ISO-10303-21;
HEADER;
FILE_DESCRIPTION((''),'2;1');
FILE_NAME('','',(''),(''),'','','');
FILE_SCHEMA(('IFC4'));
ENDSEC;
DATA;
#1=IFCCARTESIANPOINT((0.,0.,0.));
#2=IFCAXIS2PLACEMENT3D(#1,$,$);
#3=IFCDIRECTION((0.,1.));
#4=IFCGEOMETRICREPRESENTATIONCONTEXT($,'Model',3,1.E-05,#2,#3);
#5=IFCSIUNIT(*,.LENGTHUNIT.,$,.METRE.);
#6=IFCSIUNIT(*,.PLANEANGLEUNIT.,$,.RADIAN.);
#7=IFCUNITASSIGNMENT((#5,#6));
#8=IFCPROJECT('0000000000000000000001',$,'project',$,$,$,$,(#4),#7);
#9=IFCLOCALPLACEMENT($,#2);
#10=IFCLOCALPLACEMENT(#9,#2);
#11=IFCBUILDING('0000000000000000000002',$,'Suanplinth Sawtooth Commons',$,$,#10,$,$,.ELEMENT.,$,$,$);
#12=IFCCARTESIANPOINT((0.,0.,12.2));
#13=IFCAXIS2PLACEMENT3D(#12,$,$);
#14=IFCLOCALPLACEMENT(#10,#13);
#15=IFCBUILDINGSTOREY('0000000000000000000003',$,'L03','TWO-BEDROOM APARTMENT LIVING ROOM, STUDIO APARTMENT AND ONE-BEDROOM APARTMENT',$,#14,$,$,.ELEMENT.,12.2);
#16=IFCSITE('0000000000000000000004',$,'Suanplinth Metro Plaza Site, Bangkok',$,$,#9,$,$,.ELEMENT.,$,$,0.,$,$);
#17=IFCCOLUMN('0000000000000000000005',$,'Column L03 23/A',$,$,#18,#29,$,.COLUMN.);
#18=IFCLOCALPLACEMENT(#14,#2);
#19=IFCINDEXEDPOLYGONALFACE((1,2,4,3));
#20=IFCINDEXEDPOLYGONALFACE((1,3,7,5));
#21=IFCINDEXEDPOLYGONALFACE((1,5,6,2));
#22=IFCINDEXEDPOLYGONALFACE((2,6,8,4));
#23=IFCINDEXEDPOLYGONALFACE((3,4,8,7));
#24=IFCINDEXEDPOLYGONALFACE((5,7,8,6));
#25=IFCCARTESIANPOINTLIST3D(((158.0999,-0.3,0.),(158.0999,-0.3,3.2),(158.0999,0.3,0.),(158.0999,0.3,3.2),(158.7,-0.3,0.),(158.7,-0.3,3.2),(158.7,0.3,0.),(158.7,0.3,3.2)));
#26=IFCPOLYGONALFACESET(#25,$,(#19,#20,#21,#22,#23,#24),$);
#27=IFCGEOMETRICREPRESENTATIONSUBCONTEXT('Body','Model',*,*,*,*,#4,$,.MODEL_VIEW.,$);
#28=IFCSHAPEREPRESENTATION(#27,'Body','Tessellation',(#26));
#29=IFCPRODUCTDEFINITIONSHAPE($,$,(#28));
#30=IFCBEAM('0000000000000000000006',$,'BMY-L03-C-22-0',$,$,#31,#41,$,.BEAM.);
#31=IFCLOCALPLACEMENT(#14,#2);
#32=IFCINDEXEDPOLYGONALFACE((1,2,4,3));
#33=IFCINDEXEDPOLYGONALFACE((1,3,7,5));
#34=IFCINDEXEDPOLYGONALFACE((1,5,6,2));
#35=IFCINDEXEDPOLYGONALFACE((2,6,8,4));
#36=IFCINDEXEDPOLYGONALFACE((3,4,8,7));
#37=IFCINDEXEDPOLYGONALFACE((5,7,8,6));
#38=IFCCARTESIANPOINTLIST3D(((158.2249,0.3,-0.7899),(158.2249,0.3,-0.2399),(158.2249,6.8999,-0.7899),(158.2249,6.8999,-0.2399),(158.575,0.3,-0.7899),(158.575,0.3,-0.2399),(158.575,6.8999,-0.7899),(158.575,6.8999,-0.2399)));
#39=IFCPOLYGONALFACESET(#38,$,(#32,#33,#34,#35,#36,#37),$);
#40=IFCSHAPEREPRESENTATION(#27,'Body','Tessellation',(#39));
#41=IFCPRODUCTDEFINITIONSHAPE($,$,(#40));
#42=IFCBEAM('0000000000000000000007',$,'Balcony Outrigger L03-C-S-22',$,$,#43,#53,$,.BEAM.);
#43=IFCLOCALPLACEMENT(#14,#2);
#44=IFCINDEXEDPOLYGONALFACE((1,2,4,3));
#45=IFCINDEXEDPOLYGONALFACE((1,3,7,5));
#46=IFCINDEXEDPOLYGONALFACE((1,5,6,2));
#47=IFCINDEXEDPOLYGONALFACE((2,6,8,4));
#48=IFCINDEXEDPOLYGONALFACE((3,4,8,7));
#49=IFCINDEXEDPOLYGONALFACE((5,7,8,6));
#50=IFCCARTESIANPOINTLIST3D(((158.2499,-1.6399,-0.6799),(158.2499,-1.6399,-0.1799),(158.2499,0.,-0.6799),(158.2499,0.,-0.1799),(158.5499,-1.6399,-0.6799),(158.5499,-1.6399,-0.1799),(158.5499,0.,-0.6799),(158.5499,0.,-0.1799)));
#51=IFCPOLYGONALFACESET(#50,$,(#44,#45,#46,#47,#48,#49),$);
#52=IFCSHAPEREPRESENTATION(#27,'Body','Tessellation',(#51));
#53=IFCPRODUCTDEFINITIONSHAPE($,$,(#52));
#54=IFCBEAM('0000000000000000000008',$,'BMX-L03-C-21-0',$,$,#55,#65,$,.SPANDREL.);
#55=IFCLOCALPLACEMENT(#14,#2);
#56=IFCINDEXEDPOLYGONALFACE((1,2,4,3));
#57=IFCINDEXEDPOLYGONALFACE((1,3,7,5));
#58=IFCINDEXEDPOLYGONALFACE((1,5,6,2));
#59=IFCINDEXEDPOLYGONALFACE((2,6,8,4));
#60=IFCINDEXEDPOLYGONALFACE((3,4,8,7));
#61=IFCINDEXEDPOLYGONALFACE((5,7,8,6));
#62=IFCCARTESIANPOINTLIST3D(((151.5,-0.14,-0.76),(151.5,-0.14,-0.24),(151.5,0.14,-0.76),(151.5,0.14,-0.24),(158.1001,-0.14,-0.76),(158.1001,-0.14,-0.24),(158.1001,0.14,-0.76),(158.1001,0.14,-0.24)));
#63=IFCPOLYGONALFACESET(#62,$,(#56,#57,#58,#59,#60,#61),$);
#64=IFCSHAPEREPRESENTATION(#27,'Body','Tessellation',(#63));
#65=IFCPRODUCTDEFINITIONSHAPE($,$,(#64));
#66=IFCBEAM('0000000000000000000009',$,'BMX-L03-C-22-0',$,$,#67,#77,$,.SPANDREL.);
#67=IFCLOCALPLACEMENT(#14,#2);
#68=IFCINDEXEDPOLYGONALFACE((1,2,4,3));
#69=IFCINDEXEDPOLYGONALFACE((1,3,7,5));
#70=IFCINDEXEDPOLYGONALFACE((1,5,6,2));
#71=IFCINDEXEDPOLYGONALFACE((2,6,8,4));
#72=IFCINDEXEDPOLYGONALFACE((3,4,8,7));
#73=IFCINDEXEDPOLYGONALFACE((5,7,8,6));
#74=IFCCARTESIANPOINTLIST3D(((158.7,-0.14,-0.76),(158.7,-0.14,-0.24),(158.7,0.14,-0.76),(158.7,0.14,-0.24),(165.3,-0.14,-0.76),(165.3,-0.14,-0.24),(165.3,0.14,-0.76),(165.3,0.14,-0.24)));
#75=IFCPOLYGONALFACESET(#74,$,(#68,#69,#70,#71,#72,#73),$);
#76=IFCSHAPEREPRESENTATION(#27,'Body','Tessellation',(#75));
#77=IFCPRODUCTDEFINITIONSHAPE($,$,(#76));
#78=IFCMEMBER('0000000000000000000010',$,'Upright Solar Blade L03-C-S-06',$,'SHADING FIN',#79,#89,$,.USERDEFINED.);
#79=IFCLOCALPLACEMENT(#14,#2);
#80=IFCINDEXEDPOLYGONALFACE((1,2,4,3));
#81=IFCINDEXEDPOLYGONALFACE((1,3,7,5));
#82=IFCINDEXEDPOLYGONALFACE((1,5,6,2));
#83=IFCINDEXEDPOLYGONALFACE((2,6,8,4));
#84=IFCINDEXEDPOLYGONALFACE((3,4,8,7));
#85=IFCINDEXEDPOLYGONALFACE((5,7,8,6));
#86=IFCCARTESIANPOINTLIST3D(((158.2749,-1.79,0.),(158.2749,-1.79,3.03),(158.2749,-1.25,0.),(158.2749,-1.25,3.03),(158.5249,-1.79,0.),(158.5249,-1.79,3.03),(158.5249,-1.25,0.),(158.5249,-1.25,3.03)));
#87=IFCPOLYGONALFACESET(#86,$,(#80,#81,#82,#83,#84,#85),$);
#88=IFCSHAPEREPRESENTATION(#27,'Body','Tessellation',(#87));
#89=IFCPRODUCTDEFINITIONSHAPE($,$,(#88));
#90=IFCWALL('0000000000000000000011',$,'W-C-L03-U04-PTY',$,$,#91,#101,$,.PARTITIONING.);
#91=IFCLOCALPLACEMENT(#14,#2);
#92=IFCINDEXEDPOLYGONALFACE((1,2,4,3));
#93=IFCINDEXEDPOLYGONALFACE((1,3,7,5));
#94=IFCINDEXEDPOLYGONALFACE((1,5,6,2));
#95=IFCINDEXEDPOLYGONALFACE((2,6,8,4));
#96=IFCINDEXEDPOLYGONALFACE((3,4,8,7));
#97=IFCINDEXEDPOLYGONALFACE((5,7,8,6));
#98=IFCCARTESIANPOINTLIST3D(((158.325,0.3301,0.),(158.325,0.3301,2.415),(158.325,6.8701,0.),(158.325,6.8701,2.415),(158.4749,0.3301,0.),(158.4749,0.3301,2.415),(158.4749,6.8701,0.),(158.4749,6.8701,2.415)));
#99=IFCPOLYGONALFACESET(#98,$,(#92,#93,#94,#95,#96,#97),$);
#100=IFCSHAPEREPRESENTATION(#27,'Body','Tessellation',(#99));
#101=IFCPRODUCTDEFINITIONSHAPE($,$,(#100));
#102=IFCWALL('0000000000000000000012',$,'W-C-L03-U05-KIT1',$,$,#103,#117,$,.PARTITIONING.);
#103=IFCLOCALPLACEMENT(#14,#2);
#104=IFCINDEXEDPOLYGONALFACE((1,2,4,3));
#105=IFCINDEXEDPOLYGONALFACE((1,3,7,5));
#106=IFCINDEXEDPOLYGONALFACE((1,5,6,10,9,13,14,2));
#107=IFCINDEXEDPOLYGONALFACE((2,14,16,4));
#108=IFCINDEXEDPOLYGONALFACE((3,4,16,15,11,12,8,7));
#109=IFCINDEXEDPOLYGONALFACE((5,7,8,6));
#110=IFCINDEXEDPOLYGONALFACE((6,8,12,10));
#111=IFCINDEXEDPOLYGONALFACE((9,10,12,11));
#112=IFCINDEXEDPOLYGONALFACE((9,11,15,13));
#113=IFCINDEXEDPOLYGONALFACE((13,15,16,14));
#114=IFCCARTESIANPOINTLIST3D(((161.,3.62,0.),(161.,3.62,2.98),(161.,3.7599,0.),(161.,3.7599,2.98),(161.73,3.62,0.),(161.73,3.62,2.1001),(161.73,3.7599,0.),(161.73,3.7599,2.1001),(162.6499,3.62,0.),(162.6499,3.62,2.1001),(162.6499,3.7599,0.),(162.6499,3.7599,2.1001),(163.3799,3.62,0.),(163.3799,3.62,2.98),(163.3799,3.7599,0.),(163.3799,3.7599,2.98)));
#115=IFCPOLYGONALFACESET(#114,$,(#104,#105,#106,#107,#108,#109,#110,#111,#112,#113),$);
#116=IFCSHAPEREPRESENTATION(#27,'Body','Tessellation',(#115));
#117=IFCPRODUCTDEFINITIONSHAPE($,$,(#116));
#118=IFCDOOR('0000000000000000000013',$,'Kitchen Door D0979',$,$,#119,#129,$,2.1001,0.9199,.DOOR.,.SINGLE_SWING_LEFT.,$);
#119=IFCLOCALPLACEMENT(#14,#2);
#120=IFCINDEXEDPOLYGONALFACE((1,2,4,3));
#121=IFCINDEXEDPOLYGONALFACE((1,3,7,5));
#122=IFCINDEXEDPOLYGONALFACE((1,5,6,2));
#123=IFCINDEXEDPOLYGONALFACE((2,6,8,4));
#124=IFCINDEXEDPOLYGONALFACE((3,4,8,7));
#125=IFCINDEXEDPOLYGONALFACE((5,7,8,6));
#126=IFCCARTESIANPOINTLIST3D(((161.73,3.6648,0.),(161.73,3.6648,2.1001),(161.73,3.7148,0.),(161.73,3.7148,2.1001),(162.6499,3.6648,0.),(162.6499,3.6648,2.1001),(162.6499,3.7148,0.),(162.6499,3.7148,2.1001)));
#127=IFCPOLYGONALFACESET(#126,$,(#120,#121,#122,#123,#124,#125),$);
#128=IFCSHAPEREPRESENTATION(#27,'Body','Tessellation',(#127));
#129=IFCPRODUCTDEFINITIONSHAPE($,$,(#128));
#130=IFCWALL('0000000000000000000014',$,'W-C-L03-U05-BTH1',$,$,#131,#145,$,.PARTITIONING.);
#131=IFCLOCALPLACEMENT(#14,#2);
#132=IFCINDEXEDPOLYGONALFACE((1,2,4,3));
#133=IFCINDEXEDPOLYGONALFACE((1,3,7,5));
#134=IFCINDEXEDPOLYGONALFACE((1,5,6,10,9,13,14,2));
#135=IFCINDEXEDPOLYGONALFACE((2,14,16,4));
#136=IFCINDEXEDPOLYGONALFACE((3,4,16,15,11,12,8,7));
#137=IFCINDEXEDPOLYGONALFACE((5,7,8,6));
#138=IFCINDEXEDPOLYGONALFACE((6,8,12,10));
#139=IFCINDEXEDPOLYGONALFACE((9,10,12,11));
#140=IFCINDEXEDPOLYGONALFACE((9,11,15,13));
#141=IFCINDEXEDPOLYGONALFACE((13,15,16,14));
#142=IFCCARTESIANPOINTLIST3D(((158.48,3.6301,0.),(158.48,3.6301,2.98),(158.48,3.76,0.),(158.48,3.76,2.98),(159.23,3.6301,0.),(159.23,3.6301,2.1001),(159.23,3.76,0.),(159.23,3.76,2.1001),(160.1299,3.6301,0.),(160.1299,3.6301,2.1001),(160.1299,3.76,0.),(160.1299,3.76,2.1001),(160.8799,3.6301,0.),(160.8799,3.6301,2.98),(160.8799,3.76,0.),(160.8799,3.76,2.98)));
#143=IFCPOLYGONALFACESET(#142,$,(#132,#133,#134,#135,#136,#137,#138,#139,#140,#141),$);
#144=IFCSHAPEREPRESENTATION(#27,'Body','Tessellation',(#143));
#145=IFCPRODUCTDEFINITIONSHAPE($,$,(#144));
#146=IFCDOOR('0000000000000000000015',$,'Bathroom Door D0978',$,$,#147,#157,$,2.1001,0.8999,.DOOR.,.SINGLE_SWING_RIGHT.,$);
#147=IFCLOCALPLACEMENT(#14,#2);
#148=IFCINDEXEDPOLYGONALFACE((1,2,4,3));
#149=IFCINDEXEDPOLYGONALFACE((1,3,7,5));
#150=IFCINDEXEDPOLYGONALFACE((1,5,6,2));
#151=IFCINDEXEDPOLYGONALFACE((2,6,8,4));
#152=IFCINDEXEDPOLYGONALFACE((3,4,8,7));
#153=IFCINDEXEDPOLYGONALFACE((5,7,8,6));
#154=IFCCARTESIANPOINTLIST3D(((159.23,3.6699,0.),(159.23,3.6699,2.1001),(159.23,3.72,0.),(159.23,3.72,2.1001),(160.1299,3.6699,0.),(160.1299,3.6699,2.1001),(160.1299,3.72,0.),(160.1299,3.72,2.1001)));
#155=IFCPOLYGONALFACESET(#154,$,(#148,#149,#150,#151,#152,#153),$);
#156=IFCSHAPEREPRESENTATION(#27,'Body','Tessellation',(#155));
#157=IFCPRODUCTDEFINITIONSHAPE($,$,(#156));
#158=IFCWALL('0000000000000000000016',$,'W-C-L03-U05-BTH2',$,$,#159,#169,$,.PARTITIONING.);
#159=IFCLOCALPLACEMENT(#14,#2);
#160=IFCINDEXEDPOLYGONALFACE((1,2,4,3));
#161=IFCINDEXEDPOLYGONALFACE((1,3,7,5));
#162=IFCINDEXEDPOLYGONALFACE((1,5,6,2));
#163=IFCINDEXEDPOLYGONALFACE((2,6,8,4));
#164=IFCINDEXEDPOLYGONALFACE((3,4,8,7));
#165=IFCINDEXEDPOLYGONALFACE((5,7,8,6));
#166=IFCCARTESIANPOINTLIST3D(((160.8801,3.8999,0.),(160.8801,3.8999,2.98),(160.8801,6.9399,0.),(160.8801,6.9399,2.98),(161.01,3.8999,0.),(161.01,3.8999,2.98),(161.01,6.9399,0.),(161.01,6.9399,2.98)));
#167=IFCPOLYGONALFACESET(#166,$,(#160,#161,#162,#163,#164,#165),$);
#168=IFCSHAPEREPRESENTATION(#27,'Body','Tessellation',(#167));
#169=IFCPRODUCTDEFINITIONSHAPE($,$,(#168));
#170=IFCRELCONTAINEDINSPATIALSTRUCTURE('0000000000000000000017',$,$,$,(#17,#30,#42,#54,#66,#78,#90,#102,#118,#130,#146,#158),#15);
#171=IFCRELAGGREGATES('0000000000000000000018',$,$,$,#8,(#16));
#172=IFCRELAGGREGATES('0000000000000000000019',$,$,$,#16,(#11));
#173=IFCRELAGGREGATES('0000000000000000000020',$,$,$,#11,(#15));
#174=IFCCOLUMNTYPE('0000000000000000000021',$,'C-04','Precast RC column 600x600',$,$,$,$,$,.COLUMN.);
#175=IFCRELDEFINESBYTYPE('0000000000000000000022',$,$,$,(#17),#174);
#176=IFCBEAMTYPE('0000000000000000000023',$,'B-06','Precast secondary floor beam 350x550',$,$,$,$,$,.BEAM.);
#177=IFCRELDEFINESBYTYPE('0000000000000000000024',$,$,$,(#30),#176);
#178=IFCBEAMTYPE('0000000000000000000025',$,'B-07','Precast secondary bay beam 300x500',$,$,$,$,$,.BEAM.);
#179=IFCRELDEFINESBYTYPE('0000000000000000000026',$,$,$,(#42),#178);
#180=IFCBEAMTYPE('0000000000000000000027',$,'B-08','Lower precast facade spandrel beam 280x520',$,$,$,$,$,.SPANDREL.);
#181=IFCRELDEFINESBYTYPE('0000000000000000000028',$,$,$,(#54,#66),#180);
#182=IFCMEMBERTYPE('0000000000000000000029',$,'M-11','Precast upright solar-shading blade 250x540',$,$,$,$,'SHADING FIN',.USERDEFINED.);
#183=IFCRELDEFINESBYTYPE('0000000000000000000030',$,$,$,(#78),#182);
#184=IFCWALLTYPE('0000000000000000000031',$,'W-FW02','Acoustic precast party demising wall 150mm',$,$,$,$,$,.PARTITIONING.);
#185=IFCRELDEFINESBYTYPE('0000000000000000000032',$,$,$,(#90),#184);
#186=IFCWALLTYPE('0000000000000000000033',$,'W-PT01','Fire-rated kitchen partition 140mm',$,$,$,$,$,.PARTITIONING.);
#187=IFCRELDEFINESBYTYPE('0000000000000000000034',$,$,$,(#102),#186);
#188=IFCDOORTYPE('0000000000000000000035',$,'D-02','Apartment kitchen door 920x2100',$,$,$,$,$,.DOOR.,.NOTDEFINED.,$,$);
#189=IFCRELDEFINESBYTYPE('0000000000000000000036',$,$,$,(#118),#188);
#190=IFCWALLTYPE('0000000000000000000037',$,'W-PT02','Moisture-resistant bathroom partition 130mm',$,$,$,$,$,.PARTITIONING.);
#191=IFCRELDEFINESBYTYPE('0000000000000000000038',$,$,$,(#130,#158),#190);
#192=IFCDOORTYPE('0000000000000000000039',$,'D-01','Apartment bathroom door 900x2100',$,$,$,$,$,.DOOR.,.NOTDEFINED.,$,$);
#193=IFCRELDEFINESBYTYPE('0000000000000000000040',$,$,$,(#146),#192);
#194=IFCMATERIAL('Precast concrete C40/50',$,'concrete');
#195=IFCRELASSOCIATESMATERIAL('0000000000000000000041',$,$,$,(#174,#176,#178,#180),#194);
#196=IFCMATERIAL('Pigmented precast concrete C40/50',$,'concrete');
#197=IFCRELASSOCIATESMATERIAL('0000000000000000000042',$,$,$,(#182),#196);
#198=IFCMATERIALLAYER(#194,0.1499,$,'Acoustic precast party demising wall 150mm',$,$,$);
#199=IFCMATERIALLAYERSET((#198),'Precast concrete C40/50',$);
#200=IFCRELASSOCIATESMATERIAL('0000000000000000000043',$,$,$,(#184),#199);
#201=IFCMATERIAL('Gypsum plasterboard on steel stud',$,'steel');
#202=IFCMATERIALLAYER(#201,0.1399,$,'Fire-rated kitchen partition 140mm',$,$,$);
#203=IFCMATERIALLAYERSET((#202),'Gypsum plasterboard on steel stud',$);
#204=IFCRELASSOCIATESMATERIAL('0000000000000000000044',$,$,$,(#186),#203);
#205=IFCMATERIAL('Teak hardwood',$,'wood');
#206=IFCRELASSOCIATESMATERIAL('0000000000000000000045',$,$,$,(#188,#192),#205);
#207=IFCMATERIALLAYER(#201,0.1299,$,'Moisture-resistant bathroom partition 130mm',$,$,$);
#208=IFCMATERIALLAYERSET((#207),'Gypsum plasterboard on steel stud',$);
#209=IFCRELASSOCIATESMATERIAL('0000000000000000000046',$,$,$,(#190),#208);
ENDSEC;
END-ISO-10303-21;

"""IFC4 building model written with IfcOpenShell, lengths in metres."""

from ifc_helpers import new_model, si_unit, direction, frame, frame_2d, origin, origin_2d, place, context, subcontext, project, spatial, rectangle, extrude, material, layer, layer_set, material_profile, profile_set, type_object, element, fill, save


model = new_model("IFC4")

# Units and contexts
model_context = context("Model", 3, precision=1e-05, world=origin(), true_north=direction((0.0, 1.0)))
body_context = subcontext(model_context, "Body", "Model", "MODEL_VIEW")
ifc_project = project(units=[si_unit("LENGTHUNIT", "METRE"), si_unit("PLANEANGLEUNIT", "RADIAN")], contexts=[model_context])

# Site, building, storey
site_placement = place(None, origin())
site = spatial("IfcSite", under=ifc_project, at=site_placement, Name="Suanplinth Metro Plaza Site, Bangkok", CompositionType="ELEMENT", RefElevation=0.0)
building_placement = place(site_placement, origin())
building = spatial("IfcBuilding", under=site, at=building_placement, Name="Suanplinth Sawtooth Commons", CompositionType="ELEMENT")
storey_placement = place(building_placement, frame((0.0, 0.0, 12.2)))
storey = spatial("IfcBuildingStorey", under=building, at=storey_placement, Name="L03", Description="TWO-BEDROOM APARTMENT LIVING ROOM, STUDIO APARTMENT AND ONE-BEDROOM APARTMENT", CompositionType="ELEMENT", Elevation=12.2)

# Column
ifc_material_1 = material(Name="Precast concrete C40/50", Category="concrete")
ifc_material_profile_1 = material_profile(ifc_material_1, rectangle(XDim=0.6001, YDim=0.6001, at=origin_2d()), Name="PC-COL 600x600")
ifc_profile_set_1 = profile_set([ifc_material_profile_1], Name="Precast concrete C40/50")
column_type = type_object("IfcColumnType", Name="C-04", Description="Precast RC column 600x600", PredefinedType="COLUMN", material=ifc_profile_set_1)
column_placement = place(storey_placement, frame((158.3999, 0.0, 0.0), z_axis=(0.0, 0.0, 1.0), x_axis=(1.0, 0.0, 0.0)))
element("IfcColumn", 1, at=column_placement, inside=storey, type_object=column_type, Name="Column L03 23/A", PredefinedType="COLUMN", context=body_context, shape_type="SweptSolid", body=[
    extrude(rectangle(XDim=0.6001, YDim=0.6001, at=origin_2d()), origin(), (0.0, 0.0, 1.0), 3.2),
])

# Beams
ifc_material_profile_2 = material_profile(ifc_material_1, rectangle(XDim=0.3501, YDim=0.55, at=origin_2d()), Name="PC-BM 350x550")
ifc_profile_set_2 = profile_set([ifc_material_profile_2], Name="Precast concrete C40/50")
beam_type_1 = type_object("IfcBeamType", Name="B-06", Description="Precast secondary floor beam 350x550", PredefinedType="BEAM", material=ifc_profile_set_2)
beam_1_placement = place(storey_placement, frame((158.3999, 0.3, -0.5149), z_axis=(0.0, 1.0, 0.0), x_axis=(-1.0, 0.0, 0.0)))
element("IfcBeam", 2, at=beam_1_placement, inside=storey, type_object=beam_type_1, Name="BMY-L03-C-22-0", PredefinedType="BEAM", context=body_context, shape_type="SweptSolid", body=[
    extrude(rectangle(XDim=0.3501, YDim=0.55, at=origin_2d()), origin(), (0.0, 0.0, 1.0), 6.5999),
])
ifc_material_profile_3 = material_profile(ifc_material_1, rectangle(XDim=0.3, YDim=0.5, at=origin_2d()), Name="PC-BM 300x500")
ifc_profile_set_3 = profile_set([ifc_material_profile_3], Name="Precast concrete C40/50")
beam_type_2 = type_object("IfcBeamType", Name="B-07", Description="Precast secondary bay beam 300x500", PredefinedType="BEAM", material=ifc_profile_set_3)
beam_2_placement = place(storey_placement, frame((158.3999, 0.0, -0.4299), z_axis=(0.0, -1.0, 0.0), x_axis=(1.0, 0.0, 0.0)))
element("IfcBeam", 3, at=beam_2_placement, inside=storey, type_object=beam_type_2, Name="Balcony Outrigger L03-C-S-22", PredefinedType="BEAM", context=body_context, shape_type="SweptSolid", body=[
    extrude(rectangle(XDim=0.3, YDim=0.5, at=origin_2d()), origin(), (0.0, 0.0, 1.0), 1.6399),
])
ifc_material_profile_4 = material_profile(ifc_material_1, rectangle(XDim=0.28, YDim=0.52, at=origin_2d()), Name="PC-SP 280x520")
ifc_profile_set_4 = profile_set([ifc_material_profile_4], Name="Precast concrete C40/50")
beam_type_3 = type_object("IfcBeamType", Name="B-08", Description="Lower precast facade spandrel beam 280x520", PredefinedType="SPANDREL", material=ifc_profile_set_4)
for number, where, z_axis, x_axis, name in (
    (4, (151.5, 0.0, -0.5), (1.0, 0.0, 0.0), (0.0, 1.0, 0.0), "BMX-L03-C-21-0"),
    (5, (158.7, 0.0, -0.5), (1.0, 0.0, 0.0), (0.0, 1.0, 0.0), "BMX-L03-C-22-0"),
):
    element("IfcBeam", number, at=place(storey_placement, frame(where, z_axis=z_axis, x_axis=x_axis)), inside=storey, type_object=beam_type_3, Name=name, PredefinedType="SPANDREL", context=body_context, shape_type="SweptSolid", body=[
        extrude(rectangle(XDim=0.28, YDim=0.52, at=origin_2d()), origin(), (0.0, 0.0, 1.0), 6.6001),
    ])

# Member
ifc_material_2 = material(Name="Pigmented precast concrete C40/50", Category="concrete")
ifc_material_profile_5 = material_profile(ifc_material_2, rectangle(XDim=0.25, YDim=0.54, at=origin_2d()), Name="PC-FIN 250x540")
ifc_profile_set_5 = profile_set([ifc_material_profile_5], Name="Pigmented precast concrete C40/50")
member_type = type_object("IfcMemberType", Name="M-11", Description="Precast upright solar-shading blade 250x540", ElementType="SHADING FIN", PredefinedType="USERDEFINED", material=ifc_profile_set_5)
member_placement = place(storey_placement, frame((158.3999, -1.52, 0.0), z_axis=(0.0, 0.0, 1.0), x_axis=(1.0, 0.0, 0.0)))
element("IfcMember", 6, at=member_placement, inside=storey, type_object=member_type, Name="Upright Solar Blade L03-C-S-06", ObjectType="SHADING FIN", PredefinedType="USERDEFINED", context=body_context, shape_type="SweptSolid", body=[
    extrude(rectangle(XDim=0.25, YDim=0.54, at=origin_2d()), origin(), (0.0, 0.0, 1.0), 3.03),
])

# Wall
ifc_layer_1 = layer(ifc_material_1, 0.1499, Name="Acoustic precast party demising wall 150mm")
ifc_layer_set_1 = layer_set([ifc_layer_1], Name="Precast concrete C40/50")
wall_type_1 = type_object("IfcWallType", Name="W-FW02", Description="Acoustic precast party demising wall 150mm", PredefinedType="PARTITIONING", material=ifc_layer_set_1)
wall_1_placement = place(storey_placement, frame((158.3999, 0.3301, 0.0), z_axis=(0.0, 0.0, 1.0), x_axis=(0.0, 1.0, 0.0)))
element("IfcWall", 7, at=wall_1_placement, inside=storey, type_object=wall_type_1, Name="W-C-L03-U04-PTY", PredefinedType="PARTITIONING", context=body_context, shape_type="SweptSolid", body=[
    extrude(rectangle(XDim=6.54, YDim=0.1499, at=frame_2d((3.27, 0.0))), origin(), (0.0, 0.0, 1.0), 2.415),
])

# Walls, openings, doors
ifc_material_3 = material(Name="Gypsum plasterboard on steel stud", Category="steel")
ifc_layer_2 = layer(ifc_material_3, 0.1399, Name="Fire-rated kitchen partition 140mm")
ifc_layer_set_2 = layer_set([ifc_layer_2], Name="Gypsum plasterboard on steel stud")
wall_type_2 = type_object("IfcWallType", Name="W-PT01", Description="Fire-rated kitchen partition 140mm", PredefinedType="PARTITIONING", material=ifc_layer_set_2)
wall_2_placement = place(storey_placement, frame((161.0, 3.6899, 0.0), z_axis=(0.0, 0.0, 1.0), x_axis=(1.0, 0.0, 0.0)))
wall_2 = element("IfcWall", 8, at=wall_2_placement, inside=storey, type_object=wall_type_2, Name="W-C-L03-U05-KIT1", PredefinedType="PARTITIONING", context=body_context, shape_type="SweptSolid", body=[
    extrude(rectangle(XDim=2.3799, YDim=0.1399, at=frame_2d((1.1899, 0.0))), origin(), (0.0, 0.0, 1.0), 2.98),
])
opening_1_placement = place(wall_2_placement, frame((0.73, 0.0, 0.0)))
opening_1 = element("IfcOpeningElement", 9, at=opening_1_placement, cuts=wall_2, PredefinedType="OPENING", context=body_context, shape_type="SweptSolid", body=[
    extrude(rectangle(XDim=0.9199, YDim=2.1001, at=frame_2d((0.46, 1.05))), frame((0.0, 0.085, 0.0), z_axis=(0.0, -1.0, 0.0), x_axis=(1.0, 0.0, 0.0)), (0.0, 0.0, 1.0), 0.1697),
])
ifc_material_4 = material(Name="Teak hardwood", Category="wood")
door_type_1 = type_object("IfcDoorType", Name="D-02", Description="Apartment kitchen door 920x2100", OperationType="NOTDEFINED", PredefinedType="DOOR", material=ifc_material_4)
door_1_placement = place(opening_1_placement, origin())
door_1 = element("IfcDoor", 10, at=door_1_placement, inside=storey, type_object=door_type_1, Name="Kitchen Door D0979", OperationType="SINGLE_SWING_LEFT", OverallHeight=2.1001, OverallWidth=0.9199, PredefinedType="DOOR", context=body_context, shape_type="SweptSolid", body=[
    extrude(rectangle(XDim=0.9199, YDim=2.1001, at=frame_2d((0.46, 1.05))), frame((0.0, 0.0249, 0.0), z_axis=(0.0, -1.0, 0.0), x_axis=(1.0, 0.0, 0.0)), (0.0, 0.0, 1.0), 0.05),
])
fill(opening_1, door_1)
ifc_layer_3 = layer(ifc_material_3, 0.1299, Name="Moisture-resistant bathroom partition 130mm")
ifc_layer_set_3 = layer_set([ifc_layer_3], Name="Gypsum plasterboard on steel stud")
wall_type_3 = type_object("IfcWallType", Name="W-PT02", Description="Moisture-resistant bathroom partition 130mm", PredefinedType="PARTITIONING", material=ifc_layer_set_3)
wall_3_placement = place(storey_placement, frame((158.48, 3.6951, 0.0), z_axis=(0.0, 0.0, 1.0), x_axis=(1.0, 0.0, 0.0)))
wall_3 = element("IfcWall", 11, at=wall_3_placement, inside=storey, type_object=wall_type_3, Name="W-C-L03-U05-BTH1", PredefinedType="PARTITIONING", context=body_context, shape_type="SweptSolid", body=[
    extrude(rectangle(XDim=2.3999, YDim=0.1299, at=frame_2d((1.2, 0.0))), origin(), (0.0, 0.0, 1.0), 2.98),
])
opening_2_placement = place(wall_3_placement, frame((0.75, 0.0, 0.0)))
opening_2 = element("IfcOpeningElement", 12, at=opening_2_placement, cuts=wall_3, PredefinedType="OPENING", context=body_context, shape_type="SweptSolid", body=[
    extrude(rectangle(XDim=0.8999, YDim=2.1001, at=frame_2d((0.45, 1.05))), frame((0.0, 0.0798, 0.0), z_axis=(0.0, -1.0, 0.0), x_axis=(1.0, 0.0, 0.0)), (0.0, 0.0, 1.0), 0.1597),
])
door_type_2 = type_object("IfcDoorType", Name="D-01", Description="Apartment bathroom door 900x2100", OperationType="NOTDEFINED", PredefinedType="DOOR", material=ifc_material_4)
door_2_placement = place(opening_2_placement, origin())
door_2 = element("IfcDoor", 13, at=door_2_placement, inside=storey, type_object=door_type_2, Name="Bathroom Door D0978", OperationType="SINGLE_SWING_RIGHT", OverallHeight=2.1001, OverallWidth=0.8999, PredefinedType="DOOR", context=body_context, shape_type="SweptSolid", body=[
    extrude(rectangle(XDim=0.8999, YDim=2.1001, at=frame_2d((0.45, 1.05))), frame((0.0, 0.0249, 0.0), z_axis=(0.0, -1.0, 0.0), x_axis=(1.0, 0.0, 0.0)), (0.0, 0.0, 1.0), 0.05),
])
fill(opening_2, door_2)

# Wall
wall_4_placement = place(storey_placement, frame((160.9451, 3.8999, 0.0), z_axis=(0.0, 0.0, 1.0), x_axis=(0.0, 1.0, 0.0)))
element("IfcWall", 14, at=wall_4_placement, inside=storey, type_object=wall_type_3, Name="W-C-L03-U05-BTH2", PredefinedType="PARTITIONING", context=body_context, shape_type="SweptSolid", body=[
    extrude(rectangle(XDim=3.04, YDim=0.1299, at=frame_2d((1.52, 0.0))), origin(), (0.0, 0.0, 1.0), 2.98),
])

save(model, "model.ifc")
